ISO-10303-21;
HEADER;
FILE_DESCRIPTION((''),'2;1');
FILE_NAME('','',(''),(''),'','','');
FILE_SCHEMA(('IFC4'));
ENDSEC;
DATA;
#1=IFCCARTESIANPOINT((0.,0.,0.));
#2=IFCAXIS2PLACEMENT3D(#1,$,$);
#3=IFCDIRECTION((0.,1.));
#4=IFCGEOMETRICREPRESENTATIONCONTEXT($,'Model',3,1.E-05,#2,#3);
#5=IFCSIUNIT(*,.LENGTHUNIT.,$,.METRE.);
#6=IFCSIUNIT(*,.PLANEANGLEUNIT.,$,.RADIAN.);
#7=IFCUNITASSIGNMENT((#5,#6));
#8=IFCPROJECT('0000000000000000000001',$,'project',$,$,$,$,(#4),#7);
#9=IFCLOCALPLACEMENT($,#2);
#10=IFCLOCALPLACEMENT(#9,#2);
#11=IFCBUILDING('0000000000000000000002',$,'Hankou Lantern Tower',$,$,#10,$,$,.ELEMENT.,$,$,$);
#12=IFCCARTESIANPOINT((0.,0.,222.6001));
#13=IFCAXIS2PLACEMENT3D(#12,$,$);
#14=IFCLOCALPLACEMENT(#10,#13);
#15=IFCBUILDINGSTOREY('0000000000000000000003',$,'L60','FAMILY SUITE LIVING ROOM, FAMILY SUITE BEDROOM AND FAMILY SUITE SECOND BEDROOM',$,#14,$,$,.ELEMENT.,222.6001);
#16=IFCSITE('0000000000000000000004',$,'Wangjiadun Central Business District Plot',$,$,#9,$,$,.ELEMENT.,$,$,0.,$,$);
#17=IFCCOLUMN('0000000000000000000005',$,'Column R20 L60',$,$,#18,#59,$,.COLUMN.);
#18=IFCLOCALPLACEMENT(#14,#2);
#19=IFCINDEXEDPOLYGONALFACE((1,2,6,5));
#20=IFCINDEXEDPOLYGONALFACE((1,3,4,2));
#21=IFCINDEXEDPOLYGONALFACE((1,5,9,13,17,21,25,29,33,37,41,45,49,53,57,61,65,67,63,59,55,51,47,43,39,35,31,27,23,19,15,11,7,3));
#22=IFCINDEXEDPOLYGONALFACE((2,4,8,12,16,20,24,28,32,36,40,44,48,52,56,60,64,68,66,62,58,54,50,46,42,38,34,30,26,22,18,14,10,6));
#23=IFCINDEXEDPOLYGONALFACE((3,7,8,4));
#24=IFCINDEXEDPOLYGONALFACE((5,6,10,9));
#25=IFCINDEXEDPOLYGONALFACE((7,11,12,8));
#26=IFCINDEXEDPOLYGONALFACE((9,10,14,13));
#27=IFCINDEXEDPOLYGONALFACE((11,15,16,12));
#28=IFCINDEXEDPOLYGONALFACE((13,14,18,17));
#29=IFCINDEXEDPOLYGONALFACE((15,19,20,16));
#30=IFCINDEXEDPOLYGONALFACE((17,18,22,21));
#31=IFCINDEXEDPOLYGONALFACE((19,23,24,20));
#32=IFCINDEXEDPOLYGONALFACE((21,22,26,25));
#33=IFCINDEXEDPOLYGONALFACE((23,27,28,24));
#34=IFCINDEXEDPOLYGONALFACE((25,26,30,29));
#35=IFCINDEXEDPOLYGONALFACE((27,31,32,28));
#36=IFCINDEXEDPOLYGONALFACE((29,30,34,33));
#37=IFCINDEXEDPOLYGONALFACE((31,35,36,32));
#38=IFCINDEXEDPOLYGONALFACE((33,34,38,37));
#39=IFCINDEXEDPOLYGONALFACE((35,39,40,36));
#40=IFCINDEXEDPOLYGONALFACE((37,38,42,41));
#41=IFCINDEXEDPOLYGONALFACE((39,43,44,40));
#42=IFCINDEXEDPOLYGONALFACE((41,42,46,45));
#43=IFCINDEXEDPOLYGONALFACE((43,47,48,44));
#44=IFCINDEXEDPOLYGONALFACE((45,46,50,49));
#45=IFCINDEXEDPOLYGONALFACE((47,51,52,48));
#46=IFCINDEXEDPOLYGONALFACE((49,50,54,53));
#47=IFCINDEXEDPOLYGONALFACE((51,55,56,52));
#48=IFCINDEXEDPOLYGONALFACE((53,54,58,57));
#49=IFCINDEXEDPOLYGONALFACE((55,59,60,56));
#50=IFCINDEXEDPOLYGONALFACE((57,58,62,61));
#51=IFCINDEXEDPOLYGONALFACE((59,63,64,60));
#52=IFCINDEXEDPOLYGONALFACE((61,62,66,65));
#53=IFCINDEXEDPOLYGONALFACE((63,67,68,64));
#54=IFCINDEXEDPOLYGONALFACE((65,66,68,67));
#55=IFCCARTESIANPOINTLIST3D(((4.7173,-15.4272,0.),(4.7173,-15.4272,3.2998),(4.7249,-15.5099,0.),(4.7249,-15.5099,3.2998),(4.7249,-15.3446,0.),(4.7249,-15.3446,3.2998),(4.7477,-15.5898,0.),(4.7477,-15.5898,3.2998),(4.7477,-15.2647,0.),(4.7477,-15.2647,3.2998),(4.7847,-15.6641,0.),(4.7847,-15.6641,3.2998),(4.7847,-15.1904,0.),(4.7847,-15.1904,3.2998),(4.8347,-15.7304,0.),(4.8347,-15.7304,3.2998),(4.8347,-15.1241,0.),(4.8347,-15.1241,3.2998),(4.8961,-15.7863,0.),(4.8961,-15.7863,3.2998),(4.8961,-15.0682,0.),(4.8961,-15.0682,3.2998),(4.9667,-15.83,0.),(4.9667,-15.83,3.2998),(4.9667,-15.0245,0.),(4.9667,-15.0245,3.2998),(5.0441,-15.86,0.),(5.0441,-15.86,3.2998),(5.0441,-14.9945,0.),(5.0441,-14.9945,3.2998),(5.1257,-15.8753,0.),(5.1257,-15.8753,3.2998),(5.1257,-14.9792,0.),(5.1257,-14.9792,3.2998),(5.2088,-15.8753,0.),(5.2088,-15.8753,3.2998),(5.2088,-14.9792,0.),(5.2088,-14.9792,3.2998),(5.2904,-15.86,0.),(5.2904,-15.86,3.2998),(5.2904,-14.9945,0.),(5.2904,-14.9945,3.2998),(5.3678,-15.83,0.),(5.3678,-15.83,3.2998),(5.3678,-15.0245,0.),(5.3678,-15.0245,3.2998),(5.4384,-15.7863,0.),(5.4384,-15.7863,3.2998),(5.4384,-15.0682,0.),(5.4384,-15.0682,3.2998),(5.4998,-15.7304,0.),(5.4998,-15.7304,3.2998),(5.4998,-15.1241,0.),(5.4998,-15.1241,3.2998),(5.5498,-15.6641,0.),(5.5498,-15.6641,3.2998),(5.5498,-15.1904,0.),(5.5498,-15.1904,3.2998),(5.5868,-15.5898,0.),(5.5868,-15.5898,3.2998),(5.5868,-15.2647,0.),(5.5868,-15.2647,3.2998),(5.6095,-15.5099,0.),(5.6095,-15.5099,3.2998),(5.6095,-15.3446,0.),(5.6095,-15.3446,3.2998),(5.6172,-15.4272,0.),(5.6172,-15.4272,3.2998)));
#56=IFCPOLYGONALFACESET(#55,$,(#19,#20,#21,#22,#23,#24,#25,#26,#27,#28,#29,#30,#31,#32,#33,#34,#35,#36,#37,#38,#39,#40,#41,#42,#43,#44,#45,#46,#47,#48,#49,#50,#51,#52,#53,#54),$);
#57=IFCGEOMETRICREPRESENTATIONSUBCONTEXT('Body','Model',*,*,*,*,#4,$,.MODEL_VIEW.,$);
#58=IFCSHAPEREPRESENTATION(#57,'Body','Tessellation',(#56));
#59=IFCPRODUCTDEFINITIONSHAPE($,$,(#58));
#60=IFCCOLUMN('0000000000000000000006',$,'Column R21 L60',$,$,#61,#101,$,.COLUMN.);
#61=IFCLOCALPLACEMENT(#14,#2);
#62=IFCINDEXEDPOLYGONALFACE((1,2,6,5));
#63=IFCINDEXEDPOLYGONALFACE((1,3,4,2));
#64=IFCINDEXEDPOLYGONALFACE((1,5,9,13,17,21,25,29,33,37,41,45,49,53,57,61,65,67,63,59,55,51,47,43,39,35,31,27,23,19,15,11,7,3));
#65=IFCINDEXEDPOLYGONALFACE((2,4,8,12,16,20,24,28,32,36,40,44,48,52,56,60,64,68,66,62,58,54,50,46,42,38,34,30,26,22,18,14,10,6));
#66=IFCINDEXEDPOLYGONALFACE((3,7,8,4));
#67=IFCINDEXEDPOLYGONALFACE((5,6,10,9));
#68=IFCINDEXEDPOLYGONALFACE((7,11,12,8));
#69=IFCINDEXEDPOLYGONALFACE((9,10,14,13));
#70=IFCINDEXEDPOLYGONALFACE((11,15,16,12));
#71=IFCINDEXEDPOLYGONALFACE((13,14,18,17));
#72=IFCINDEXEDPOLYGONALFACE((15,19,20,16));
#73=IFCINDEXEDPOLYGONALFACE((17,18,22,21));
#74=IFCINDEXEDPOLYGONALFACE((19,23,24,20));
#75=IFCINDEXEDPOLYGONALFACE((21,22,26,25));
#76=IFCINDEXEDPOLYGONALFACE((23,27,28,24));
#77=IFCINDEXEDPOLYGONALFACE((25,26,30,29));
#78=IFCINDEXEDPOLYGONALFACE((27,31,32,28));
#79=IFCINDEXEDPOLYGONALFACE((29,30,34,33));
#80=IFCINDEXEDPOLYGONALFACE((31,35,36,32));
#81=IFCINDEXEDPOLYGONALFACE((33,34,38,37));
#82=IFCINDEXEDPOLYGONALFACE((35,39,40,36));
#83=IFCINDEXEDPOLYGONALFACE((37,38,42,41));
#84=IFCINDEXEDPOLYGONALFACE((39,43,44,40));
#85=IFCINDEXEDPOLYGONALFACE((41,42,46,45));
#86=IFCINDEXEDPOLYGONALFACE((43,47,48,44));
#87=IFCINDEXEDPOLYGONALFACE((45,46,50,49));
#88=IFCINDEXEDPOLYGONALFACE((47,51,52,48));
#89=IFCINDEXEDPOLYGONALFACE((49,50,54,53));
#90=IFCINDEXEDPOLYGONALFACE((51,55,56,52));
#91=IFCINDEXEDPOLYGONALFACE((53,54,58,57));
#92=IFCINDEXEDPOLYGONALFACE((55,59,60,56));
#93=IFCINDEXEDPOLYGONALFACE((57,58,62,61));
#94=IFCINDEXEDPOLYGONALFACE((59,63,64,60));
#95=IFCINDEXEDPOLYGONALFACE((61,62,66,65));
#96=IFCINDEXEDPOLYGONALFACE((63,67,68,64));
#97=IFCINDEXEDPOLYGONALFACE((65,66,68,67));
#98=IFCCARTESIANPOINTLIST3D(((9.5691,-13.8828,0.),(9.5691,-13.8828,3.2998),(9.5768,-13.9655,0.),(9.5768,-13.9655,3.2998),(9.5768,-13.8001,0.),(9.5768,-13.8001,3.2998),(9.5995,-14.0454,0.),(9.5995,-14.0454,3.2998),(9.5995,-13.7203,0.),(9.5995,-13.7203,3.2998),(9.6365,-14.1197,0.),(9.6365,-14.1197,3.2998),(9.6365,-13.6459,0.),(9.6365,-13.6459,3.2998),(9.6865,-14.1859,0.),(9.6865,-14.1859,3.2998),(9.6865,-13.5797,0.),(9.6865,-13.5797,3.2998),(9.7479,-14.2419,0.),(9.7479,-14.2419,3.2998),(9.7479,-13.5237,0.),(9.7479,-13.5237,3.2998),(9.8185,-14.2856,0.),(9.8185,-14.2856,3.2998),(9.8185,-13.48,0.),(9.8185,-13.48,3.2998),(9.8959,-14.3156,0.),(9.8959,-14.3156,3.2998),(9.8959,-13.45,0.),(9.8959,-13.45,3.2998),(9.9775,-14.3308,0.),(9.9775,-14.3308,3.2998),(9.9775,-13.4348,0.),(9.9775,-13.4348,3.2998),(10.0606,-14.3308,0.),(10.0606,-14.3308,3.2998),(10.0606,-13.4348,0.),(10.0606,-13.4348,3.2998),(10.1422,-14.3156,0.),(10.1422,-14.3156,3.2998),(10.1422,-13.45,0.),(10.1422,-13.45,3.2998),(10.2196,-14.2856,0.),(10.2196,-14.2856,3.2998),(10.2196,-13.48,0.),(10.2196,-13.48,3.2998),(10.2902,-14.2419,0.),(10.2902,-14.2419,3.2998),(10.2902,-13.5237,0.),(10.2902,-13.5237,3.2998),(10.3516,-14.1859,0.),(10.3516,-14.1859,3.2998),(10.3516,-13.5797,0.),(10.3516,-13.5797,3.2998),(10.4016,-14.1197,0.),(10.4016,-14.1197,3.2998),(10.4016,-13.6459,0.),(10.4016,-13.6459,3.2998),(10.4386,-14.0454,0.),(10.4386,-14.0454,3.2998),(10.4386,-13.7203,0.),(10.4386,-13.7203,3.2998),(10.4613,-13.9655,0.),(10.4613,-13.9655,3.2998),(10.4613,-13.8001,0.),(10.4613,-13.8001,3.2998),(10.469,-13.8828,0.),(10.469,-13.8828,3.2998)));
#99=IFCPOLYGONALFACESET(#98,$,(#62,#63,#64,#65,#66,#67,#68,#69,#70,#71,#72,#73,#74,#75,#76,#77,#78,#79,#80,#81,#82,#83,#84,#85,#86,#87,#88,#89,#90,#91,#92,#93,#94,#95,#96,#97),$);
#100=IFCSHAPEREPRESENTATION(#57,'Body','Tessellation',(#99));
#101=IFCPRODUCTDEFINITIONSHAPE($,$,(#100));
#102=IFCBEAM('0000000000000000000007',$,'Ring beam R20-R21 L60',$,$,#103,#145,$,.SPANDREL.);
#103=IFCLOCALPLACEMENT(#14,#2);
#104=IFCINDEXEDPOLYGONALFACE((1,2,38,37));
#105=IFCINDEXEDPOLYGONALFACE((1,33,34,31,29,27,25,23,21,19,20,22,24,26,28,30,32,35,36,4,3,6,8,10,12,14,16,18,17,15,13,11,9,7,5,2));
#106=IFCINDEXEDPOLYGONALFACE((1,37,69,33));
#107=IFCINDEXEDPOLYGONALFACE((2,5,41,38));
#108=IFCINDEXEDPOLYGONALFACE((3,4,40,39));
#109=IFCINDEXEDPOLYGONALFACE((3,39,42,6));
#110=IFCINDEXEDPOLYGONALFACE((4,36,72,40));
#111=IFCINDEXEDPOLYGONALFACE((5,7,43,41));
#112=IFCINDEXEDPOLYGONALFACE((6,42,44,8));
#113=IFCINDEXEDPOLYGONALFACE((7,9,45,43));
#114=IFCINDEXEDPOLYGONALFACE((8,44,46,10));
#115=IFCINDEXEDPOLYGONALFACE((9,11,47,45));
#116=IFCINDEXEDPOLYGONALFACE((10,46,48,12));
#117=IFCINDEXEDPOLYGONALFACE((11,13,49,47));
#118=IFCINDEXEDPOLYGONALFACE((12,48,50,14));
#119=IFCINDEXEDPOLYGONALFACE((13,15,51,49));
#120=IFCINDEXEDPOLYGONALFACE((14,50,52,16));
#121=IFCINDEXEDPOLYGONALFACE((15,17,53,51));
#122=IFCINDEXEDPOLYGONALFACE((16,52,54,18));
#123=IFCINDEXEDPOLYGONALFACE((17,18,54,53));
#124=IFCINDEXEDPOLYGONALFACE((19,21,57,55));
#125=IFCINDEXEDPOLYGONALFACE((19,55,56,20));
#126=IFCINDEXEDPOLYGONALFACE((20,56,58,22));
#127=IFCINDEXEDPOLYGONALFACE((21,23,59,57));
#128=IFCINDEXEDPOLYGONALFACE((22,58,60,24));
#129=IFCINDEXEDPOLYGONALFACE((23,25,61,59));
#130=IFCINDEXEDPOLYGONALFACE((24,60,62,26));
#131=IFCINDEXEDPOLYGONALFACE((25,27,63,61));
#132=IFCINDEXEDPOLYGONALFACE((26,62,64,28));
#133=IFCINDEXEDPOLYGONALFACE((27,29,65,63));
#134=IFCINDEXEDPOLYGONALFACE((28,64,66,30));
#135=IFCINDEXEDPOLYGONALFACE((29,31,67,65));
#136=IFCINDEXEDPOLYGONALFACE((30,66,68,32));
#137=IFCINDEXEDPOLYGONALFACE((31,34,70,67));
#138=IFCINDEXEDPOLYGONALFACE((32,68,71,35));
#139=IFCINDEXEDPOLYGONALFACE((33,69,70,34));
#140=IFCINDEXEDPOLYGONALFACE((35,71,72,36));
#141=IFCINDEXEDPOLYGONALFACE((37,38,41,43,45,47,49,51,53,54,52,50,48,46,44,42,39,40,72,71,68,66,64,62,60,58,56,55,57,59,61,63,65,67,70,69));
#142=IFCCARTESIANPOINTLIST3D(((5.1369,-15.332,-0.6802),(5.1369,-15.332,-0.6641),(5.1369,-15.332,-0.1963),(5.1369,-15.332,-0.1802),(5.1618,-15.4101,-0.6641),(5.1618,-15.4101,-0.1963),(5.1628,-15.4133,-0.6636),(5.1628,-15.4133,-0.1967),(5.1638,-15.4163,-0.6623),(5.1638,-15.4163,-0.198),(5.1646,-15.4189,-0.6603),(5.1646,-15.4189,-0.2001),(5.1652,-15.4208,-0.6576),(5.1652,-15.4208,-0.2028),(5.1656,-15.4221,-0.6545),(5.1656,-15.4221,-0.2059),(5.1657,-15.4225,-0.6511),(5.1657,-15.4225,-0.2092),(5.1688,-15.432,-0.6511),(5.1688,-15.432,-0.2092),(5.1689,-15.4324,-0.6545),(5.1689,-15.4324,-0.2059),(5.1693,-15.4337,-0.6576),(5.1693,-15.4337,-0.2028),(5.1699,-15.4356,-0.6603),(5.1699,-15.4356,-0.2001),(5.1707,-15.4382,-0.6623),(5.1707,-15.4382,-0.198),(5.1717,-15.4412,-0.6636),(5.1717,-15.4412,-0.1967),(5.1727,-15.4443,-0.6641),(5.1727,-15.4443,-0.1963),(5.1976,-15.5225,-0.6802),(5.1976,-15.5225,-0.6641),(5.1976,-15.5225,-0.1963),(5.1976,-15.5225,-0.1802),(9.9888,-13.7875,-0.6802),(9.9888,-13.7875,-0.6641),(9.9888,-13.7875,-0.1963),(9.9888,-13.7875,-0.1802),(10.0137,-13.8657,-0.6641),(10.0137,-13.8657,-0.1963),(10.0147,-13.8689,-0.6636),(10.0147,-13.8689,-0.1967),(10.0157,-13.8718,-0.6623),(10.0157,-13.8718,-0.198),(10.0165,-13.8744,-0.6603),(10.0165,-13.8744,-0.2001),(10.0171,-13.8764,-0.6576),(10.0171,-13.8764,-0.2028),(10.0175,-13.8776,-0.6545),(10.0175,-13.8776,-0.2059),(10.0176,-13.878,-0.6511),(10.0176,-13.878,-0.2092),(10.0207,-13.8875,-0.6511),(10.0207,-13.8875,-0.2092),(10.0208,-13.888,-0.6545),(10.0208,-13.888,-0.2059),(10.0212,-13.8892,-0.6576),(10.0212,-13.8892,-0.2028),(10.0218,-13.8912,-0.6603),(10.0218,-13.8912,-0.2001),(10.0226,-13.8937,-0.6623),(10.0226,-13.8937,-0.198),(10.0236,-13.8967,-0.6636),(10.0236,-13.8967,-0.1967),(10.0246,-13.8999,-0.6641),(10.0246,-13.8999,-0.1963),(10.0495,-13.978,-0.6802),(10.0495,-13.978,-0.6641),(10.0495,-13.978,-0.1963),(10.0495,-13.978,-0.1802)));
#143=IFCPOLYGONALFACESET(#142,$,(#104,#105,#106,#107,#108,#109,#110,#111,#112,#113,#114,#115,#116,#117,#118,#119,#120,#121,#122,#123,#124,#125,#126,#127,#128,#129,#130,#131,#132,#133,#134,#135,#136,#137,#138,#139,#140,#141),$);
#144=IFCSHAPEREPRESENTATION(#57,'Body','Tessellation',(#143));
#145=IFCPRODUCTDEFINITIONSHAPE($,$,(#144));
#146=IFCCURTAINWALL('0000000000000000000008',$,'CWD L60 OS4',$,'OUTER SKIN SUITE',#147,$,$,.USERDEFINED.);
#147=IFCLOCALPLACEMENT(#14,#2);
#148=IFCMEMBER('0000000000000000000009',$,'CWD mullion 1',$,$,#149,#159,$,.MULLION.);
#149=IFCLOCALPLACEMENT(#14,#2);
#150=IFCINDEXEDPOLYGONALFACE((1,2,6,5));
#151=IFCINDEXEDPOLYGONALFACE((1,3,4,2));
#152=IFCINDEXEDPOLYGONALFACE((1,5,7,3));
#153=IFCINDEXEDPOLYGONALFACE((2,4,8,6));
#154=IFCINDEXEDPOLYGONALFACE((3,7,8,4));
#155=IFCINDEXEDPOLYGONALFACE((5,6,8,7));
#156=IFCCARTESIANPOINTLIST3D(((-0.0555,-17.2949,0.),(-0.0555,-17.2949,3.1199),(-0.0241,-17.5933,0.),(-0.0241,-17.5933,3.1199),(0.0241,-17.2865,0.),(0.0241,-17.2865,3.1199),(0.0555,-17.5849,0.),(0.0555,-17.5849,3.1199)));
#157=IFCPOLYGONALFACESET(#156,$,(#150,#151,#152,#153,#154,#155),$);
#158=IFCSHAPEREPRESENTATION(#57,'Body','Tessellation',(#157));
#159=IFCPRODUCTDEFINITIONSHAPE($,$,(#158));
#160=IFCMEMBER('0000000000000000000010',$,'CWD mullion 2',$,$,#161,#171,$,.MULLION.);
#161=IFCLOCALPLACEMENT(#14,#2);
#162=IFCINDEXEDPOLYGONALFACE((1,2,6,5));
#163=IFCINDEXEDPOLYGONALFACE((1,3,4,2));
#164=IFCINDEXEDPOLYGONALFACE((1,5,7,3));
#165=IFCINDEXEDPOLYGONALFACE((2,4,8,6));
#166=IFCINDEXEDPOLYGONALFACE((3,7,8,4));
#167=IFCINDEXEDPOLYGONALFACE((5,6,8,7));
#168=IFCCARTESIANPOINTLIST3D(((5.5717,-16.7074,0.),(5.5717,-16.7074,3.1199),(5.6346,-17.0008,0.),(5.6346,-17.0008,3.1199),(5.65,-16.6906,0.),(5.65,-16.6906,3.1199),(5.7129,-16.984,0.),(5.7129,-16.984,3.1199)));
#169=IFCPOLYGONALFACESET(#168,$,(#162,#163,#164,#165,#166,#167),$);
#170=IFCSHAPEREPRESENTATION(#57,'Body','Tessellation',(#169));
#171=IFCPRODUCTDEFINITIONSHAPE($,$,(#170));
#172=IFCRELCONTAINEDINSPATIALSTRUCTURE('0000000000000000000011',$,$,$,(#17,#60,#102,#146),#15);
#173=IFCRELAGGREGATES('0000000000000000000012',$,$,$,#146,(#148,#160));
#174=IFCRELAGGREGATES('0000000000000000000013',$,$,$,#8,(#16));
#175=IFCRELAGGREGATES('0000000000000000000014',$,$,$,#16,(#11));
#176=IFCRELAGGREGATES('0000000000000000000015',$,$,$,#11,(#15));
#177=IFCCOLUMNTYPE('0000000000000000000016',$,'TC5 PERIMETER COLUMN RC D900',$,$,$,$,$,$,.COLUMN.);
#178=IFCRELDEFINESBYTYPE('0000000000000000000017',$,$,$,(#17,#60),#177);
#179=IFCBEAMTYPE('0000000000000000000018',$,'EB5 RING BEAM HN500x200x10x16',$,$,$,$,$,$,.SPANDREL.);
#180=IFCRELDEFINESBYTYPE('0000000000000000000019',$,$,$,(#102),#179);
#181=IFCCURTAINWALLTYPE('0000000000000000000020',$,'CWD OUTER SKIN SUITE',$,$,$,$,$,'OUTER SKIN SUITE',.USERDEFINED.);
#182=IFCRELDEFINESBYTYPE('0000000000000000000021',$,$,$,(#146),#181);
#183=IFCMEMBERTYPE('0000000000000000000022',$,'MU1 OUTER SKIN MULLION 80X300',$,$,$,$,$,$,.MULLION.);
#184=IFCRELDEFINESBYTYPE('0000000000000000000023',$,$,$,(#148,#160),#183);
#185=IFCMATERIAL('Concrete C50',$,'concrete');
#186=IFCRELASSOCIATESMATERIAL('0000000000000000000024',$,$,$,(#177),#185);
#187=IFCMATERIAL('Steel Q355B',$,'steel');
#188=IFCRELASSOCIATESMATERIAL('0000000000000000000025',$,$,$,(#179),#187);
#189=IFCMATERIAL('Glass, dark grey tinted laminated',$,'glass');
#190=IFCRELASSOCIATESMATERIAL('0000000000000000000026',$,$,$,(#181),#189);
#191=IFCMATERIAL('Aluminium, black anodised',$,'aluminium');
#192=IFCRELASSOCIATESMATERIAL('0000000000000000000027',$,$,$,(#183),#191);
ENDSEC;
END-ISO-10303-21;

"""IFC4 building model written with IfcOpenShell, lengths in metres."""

from ifc_helpers import new_model, si_unit, direction, frame, origin, origin_2d, place, context, subcontext, project, spatial, rectangle, circle, i_section, extrude, material, material_profile, profile_set, type_object, element, aggregate, save


model = new_model("IFC4")

# Units and contexts
model_context = context("Model", 3, precision=1e-05, world=origin(), true_north=direction((0.0, 1.0)))
body_context = subcontext(model_context, "Body", "Model", "MODEL_VIEW")
ifc_project = project(units=[si_unit("LENGTHUNIT", "METRE"), si_unit("PLANEANGLEUNIT", "RADIAN")], contexts=[model_context])

# Site, building, storey
site_placement = place(None, origin())
site = spatial("IfcSite", under=ifc_project, at=site_placement, Name="Wangjiadun Central Business District Plot", CompositionType="ELEMENT", RefElevation=0.0)
building_placement = place(site_placement, origin())
building = spatial("IfcBuilding", under=site, at=building_placement, Name="Hankou Lantern Tower", CompositionType="ELEMENT")
storey_placement = place(building_placement, frame((0.0, 0.0, 222.6001)))
storey = spatial("IfcBuildingStorey", under=building, at=storey_placement, Name="L60", Description="FAMILY SUITE LIVING ROOM, FAMILY SUITE BEDROOM AND FAMILY SUITE SECOND BEDROOM", CompositionType="ELEMENT", Elevation=222.6001)

# Columns
ifc_material_1 = material(Name="Concrete C50", Category="concrete")
ifc_material_profile_1 = material_profile(ifc_material_1, circle(Radius=0.45, at=origin_2d()), Name="RC D900")
ifc_profile_set_1 = profile_set([ifc_material_profile_1], Name="Concrete C50")
column_type = type_object("IfcColumnType", Name="TC5 PERIMETER COLUMN RC D900", PredefinedType="COLUMN", material=ifc_profile_set_1)
for number, where, z_axis, x_axis, name in (
    (1, (5.1672, -15.4272, 0.0), (0.0, 0.0, 1.0), (1.0, 0.0, 0.0), "Column R20 L60"),
    (2, (10.019, -13.8828, 0.0), (0.0, 0.0, 1.0), (1.0, 0.0, 0.0), "Column R21 L60"),
):
    element("IfcColumn", number, at=place(storey_placement, frame(where, z_axis=z_axis, x_axis=x_axis)), inside=storey, type_object=column_type, Name=name, PredefinedType="COLUMN", context=body_context, shape_type="SweptSolid", body=[
        extrude(circle(Radius=0.45, at=origin_2d()), origin(), (0.0, 0.0, 1.0), 3.2998),
    ])

# Beam
ifc_material_2 = material(Name="Steel Q355B", Category="steel")
ifc_material_profile_2 = material_profile(ifc_material_2, i_section(OverallWidth=0.2, OverallDepth=0.5, WebThickness=0.01, FlangeThickness=0.0161, FilletRadius=0.0129, at=origin_2d()), Name="HN500x200x10x16")
ifc_profile_set_2 = profile_set([ifc_material_profile_2], Name="Steel Q355B")
beam_type_1 = type_object("IfcBeamType", Name="EB5 RING BEAM HN500x200x10x16", PredefinedType="SPANDREL", material=ifc_profile_set_2)
beam_1_placement = place(storey_placement, frame((5.1672, -15.4272, -0.4302), z_axis=(0.952887, 0.303324, 0.0), x_axis=(-0.303324, 0.952887, 0.0)))
element("IfcBeam", 3, at=beam_1_placement, inside=storey, type_object=beam_type_1, Name="Ring beam R20-R21 L60", PredefinedType="SPANDREL", context=body_context, shape_type="SweptSolid", body=[
    extrude(i_section(OverallWidth=0.2, OverallDepth=0.5, WebThickness=0.01, FlangeThickness=0.0161, FilletRadius=0.0129, at=origin_2d()), origin(), (0.0, 0.0, 1.0), 5.0918),
])

# Curtain wall, members
ifc_material_3 = material(Name="Glass, dark grey tinted laminated", Category="glass")
curtain_wall_type = type_object("IfcCurtainWallType", Name="CWD OUTER SKIN SUITE", ElementType="OUTER SKIN SUITE", PredefinedType="USERDEFINED", material=ifc_material_3)
curtain_wall_placement = place(storey_placement, origin())
curtain_wall = element("IfcCurtainWall", 4, at=curtain_wall_placement, inside=storey, type_object=curtain_wall_type, Name="CWD L60 OS4", ObjectType="OUTER SKIN SUITE", PredefinedType="USERDEFINED")
ifc_material_4 = material(Name="Aluminium, black anodised", Category="aluminium")
ifc_material_profile_3 = material_profile(ifc_material_4, rectangle(XDim=0.0801, YDim=0.3, at=origin_2d()), Name="MU1 80X300")
ifc_profile_set_3 = profile_set([ifc_material_profile_3], Name="Aluminium, black anodised")
member_type_1 = type_object("IfcMemberType", Name="MU1 OUTER SKIN MULLION 80X300", PredefinedType="MULLION", material=ifc_profile_set_3)
member_1_placement = place(storey_placement, frame((0.0, -17.4399, 0.0), z_axis=(0.0, 0.0, 1.0), x_axis=(0.994499, 0.104743, 0.0)))
member_1 = element("IfcMember", 5, at=member_1_placement, type_object=member_type_1, Name="CWD mullion 1", PredefinedType="MULLION", context=body_context, shape_type="SweptSolid", body=[
    extrude(rectangle(XDim=0.0801, YDim=0.3, at=origin_2d()), origin(), (0.0, 0.0, 1.0), 3.1199),
])
member_2_placement = place(storey_placement, frame((5.6423, -16.8457, 0.0), z_axis=(0.0, 0.0, 1.0), x_axis=(0.977788, 0.209598, 0.0)))
member_2 = element("IfcMember", 6, at=member_2_placement, type_object=member_type_1, Name="CWD mullion 2", PredefinedType="MULLION", context=body_context, shape_type="SweptSolid", body=[
    extrude(rectangle(XDim=0.0801, YDim=0.3, at=origin_2d()), origin(), (0.0, 0.0, 1.0), 3.1199),
])

aggregate(curtain_wall, [member_1, member_2])

save(model, "model.ifc")
